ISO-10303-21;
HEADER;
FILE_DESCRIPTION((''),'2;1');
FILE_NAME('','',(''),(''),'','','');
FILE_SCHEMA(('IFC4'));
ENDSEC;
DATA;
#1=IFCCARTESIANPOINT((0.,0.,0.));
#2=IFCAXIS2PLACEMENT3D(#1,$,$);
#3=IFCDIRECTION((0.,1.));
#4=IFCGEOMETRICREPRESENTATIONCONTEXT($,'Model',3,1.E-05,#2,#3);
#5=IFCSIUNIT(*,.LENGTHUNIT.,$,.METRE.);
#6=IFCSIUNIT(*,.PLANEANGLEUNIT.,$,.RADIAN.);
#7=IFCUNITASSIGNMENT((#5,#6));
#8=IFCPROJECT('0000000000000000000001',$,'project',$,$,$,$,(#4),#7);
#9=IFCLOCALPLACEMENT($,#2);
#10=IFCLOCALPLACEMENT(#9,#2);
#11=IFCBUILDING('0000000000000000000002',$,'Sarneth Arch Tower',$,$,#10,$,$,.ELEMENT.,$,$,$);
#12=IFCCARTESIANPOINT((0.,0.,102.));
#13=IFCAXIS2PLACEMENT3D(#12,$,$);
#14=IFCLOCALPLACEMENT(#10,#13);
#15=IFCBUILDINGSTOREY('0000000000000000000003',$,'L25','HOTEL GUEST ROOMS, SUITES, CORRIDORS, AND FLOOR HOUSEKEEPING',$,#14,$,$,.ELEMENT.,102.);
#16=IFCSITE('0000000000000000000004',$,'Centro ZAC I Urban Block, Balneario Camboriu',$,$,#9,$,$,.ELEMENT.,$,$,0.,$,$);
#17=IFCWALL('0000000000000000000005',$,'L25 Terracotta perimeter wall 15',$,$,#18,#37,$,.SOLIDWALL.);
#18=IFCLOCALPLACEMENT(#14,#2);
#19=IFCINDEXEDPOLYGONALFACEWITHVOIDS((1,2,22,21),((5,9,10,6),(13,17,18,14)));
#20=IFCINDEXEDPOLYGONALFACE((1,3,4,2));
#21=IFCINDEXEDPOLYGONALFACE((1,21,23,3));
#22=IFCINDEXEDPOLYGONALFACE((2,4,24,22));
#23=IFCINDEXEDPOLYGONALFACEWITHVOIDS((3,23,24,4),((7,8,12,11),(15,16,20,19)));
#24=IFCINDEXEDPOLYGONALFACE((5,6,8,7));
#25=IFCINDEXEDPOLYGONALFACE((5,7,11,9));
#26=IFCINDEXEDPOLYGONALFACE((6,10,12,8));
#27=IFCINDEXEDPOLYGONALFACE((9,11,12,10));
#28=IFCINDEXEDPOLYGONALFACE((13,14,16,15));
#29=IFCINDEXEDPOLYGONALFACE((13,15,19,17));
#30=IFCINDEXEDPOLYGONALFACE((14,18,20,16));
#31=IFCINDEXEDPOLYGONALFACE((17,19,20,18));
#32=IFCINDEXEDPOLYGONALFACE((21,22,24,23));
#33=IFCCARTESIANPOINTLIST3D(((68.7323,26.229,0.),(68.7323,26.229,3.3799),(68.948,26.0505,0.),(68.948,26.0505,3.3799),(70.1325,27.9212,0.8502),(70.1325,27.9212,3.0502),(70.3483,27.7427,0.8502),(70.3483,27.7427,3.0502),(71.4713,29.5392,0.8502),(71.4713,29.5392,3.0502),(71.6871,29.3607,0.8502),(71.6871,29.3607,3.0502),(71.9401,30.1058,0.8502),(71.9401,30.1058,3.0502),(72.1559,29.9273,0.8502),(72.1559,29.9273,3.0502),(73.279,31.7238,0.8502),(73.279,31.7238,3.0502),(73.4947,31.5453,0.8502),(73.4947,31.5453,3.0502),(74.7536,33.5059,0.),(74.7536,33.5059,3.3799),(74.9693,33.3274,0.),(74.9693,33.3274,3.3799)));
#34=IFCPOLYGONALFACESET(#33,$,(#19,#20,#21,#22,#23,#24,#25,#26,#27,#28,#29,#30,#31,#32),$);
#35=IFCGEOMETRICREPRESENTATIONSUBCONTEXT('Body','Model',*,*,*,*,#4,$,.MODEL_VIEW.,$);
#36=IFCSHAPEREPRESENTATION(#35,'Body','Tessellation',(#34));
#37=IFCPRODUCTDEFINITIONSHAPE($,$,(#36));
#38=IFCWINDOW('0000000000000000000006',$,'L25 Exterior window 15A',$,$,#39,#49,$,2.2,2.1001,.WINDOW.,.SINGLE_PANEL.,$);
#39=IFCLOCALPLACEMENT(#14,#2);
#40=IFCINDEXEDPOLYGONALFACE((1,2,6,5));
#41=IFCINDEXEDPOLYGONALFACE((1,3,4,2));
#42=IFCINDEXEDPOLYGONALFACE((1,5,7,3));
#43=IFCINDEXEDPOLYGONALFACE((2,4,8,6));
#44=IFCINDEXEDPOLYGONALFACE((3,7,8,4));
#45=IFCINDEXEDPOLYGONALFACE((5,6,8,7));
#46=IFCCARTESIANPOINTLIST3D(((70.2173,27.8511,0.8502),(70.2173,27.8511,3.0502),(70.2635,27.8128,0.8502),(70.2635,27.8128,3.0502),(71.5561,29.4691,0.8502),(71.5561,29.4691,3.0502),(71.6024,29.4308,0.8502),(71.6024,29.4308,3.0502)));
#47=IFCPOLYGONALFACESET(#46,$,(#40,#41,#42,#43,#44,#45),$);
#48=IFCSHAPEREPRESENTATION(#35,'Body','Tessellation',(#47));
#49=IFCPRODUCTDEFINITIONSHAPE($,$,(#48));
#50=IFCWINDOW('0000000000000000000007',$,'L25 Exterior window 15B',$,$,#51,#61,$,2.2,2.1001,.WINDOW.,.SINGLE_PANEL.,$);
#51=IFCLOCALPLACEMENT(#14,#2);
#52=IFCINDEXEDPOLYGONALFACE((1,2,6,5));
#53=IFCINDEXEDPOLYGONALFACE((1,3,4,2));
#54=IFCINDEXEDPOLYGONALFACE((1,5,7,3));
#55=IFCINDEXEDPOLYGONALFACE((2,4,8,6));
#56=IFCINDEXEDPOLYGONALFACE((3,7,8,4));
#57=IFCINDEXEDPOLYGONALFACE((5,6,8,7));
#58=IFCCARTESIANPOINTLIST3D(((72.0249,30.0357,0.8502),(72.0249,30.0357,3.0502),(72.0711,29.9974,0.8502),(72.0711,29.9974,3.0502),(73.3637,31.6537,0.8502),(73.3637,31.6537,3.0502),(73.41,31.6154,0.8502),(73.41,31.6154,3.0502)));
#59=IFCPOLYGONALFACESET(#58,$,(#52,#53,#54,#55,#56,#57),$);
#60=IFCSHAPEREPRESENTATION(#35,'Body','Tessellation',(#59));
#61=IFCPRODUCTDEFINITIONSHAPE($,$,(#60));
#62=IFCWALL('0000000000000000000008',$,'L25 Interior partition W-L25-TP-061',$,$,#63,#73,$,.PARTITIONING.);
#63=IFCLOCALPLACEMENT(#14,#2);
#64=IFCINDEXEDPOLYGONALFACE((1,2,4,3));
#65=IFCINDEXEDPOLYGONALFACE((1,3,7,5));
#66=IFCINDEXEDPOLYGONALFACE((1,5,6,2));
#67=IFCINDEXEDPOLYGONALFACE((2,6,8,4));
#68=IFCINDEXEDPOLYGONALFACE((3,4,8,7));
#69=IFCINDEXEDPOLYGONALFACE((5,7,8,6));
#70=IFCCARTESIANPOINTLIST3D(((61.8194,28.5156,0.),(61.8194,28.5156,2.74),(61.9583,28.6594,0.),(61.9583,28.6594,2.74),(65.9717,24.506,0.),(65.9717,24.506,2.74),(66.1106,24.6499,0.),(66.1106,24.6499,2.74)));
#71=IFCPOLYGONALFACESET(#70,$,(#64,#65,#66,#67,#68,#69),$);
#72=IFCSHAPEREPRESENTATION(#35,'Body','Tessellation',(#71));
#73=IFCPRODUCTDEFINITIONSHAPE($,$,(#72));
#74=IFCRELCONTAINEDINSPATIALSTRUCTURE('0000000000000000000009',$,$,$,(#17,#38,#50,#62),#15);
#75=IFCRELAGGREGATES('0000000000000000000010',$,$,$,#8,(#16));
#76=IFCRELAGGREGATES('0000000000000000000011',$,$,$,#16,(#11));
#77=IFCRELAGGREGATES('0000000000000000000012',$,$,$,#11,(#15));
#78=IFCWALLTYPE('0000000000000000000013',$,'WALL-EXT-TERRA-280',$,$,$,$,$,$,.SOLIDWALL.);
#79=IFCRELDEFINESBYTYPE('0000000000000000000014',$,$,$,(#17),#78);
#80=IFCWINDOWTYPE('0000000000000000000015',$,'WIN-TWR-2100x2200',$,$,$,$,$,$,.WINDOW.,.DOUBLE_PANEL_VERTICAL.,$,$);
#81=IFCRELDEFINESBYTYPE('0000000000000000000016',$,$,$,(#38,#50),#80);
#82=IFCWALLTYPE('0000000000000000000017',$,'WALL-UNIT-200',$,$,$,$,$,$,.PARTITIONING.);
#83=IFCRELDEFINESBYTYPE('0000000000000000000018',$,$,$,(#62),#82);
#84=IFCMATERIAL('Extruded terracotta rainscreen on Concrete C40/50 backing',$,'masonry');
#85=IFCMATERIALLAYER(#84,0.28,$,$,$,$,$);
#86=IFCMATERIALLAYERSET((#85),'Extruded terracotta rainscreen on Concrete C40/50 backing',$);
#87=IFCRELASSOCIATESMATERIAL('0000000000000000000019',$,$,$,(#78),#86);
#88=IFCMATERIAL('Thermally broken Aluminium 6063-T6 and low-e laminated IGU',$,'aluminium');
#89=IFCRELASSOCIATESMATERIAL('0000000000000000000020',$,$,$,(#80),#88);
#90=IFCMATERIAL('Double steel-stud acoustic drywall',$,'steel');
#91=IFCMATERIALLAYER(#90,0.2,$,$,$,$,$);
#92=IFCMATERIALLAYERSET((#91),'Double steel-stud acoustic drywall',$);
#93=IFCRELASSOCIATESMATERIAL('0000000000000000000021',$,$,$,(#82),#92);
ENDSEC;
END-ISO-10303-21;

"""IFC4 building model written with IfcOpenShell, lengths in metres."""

from ifc_helpers import new_model, si_unit, direction, frame, frame_2d, origin, place, context, subcontext, project, spatial, rectangle, extrude, material, layer, layer_set, type_object, element, fill, save


model = new_model("IFC4")

# Units and contexts
model_context = context("Model", 3, precision=1e-05, world=origin(), true_north=direction((0.0, 1.0)))
body_context = subcontext(model_context, "Body", "Model", "MODEL_VIEW")
ifc_project = project(units=[si_unit("LENGTHUNIT", "METRE"), si_unit("PLANEANGLEUNIT", "RADIAN")], contexts=[model_context])

# Site, building, storey
site_placement = place(None, origin())
site = spatial("IfcSite", under=ifc_project, at=site_placement, Name="Centro ZAC I Urban Block, Balneario Camboriu", CompositionType="ELEMENT", RefElevation=0.0)
building_placement = place(site_placement, origin())
building = spatial("IfcBuilding", under=site, at=building_placement, Name="Sarneth Arch Tower", CompositionType="ELEMENT")
storey_placement = place(building_placement, frame((0.0, 0.0, 102.0)))
storey = spatial("IfcBuildingStorey", under=building, at=storey_placement, Name="L25", Description="HOTEL GUEST ROOMS, SUITES, CORRIDORS, AND FLOOR HOUSEKEEPING", CompositionType="ELEMENT", Elevation=102.0)

# Wall, openings, windows
ifc_material_1 = material(Name="Extruded terracotta rainscreen on Concrete C40/50 backing", Category="masonry")
ifc_layer_1 = layer(ifc_material_1, 0.28)
ifc_layer_set_1 = layer_set([ifc_layer_1], Name="Extruded terracotta rainscreen on Concrete C40/50 backing")
wall_type_1 = type_object("IfcWallType", Name="WALL-EXT-TERRA-280", PredefinedType="SOLIDWALL", material=ifc_layer_set_1)
wall_1_placement = place(storey_placement, frame((68.8401, 26.1396, 0.0), z_axis=(0.0, 0.0, 1.0), x_axis=(0.637506, 0.770446, 0.0)))
wall_1 = element("IfcWall", 1, at=wall_1_placement, inside=storey, type_object=wall_type_1, Name="L25 Terracotta perimeter wall 15", PredefinedType="SOLIDWALL", context=body_context, shape_type="SweptSolid", body=[
    extrude(rectangle(XDim=9.4451, YDim=0.28, at=frame_2d((4.7227, 0.0))), origin(), (0.0, 0.0, 1.0), 3.3799),
])
opening_1_placement = place(wall_1_placement, frame((2.1965, 0.0, 0.8501)))
opening_1 = element("IfcOpeningElement", 2, at=opening_1_placement, cuts=wall_1, PredefinedType="OPENING", context=body_context, shape_type="SweptSolid", body=[
    extrude(rectangle(XDim=2.1001, YDim=2.2, at=frame_2d((1.05, 1.1001))), frame((0.0, 0.1499, 0.0), z_axis=(0.0, -1.0, 0.0), x_axis=(1.0, 0.0, 0.0)), (0.0, 0.0, 1.0), 0.3),
])
opening_2_placement = place(wall_1_placement, frame((5.032, 0.0, 0.8501)))
opening_2 = element("IfcOpeningElement", 3, at=opening_2_placement, cuts=wall_1, PredefinedType="OPENING", context=body_context, shape_type="SweptSolid", body=[
    extrude(rectangle(XDim=2.1001, YDim=2.2, at=frame_2d((1.05, 1.1001))), frame((0.0, 0.1499, 0.0), z_axis=(0.0, -1.0, 0.0), x_axis=(1.0, 0.0, 0.0)), (0.0, 0.0, 1.0), 0.3),
])
ifc_material_2 = material(Name="Thermally broken Aluminium 6063-T6 and low-e laminated IGU", Category="aluminium")
window_type = type_object("IfcWindowType", Name="WIN-TWR-2100x2200", PartitioningType="DOUBLE_PANEL_VERTICAL", PredefinedType="WINDOW", material=ifc_material_2)
window_1_placement = place(opening_1_placement, origin())
window_1 = element("IfcWindow", 4, at=window_1_placement, inside=storey, type_object=window_type, Name="L25 Exterior window 15A", OverallHeight=2.2, OverallWidth=2.1001, PartitioningType="SINGLE_PANEL", PredefinedType="WINDOW", context=body_context, shape_type="SweptSolid", body=[
    extrude(rectangle(XDim=2.1001, YDim=2.2, at=frame_2d((1.05, 1.1001))), frame((0.0, 0.03, 0.0), z_axis=(0.0, -1.0, 0.0), x_axis=(1.0, 0.0, 0.0)), (0.0, 0.0, 1.0), 0.0601),
])
fill(opening_1, window_1)
window_2_placement = place(opening_2_placement, origin())
window_2 = element("IfcWindow", 5, at=window_2_placement, inside=storey, type_object=window_type, Name="L25 Exterior window 15B", OverallHeight=2.2, OverallWidth=2.1001, PartitioningType="SINGLE_PANEL", PredefinedType="WINDOW", context=body_context, shape_type="SweptSolid", body=[
    extrude(rectangle(XDim=2.1001, YDim=2.2, at=frame_2d((1.05, 1.1001))), frame((0.0, 0.03, 0.0), z_axis=(0.0, -1.0, 0.0), x_axis=(1.0, 0.0, 0.0)), (0.0, 0.0, 1.0), 0.0601),
])
fill(opening_2, window_2)

# Wall
ifc_material_3 = material(Name="Double steel-stud acoustic drywall", Category="steel")
ifc_layer_2 = layer(ifc_material_3, 0.2)
ifc_layer_set_2 = layer_set([ifc_layer_2], Name="Double steel-stud acoustic drywall")
wall_type_2 = type_object("IfcWallType", Name="WALL-UNIT-200", PredefinedType="PARTITIONING", material=ifc_layer_set_2)
wall_2_placement = place(storey_placement, frame((66.0413, 24.5779, 0.0), z_axis=(0.0, 0.0, 1.0), x_axis=(-0.71937, 0.694627, 0.0)))
element("IfcWall", 6, at=wall_2_placement, inside=storey, type_object=wall_type_2, Name="L25 Interior partition W-L25-TP-061", PredefinedType="PARTITIONING", context=body_context, shape_type="SweptSolid", body=[
    extrude(rectangle(XDim=5.7722, YDim=0.2, at=frame_2d((2.8862, 0.0))), origin(), (0.0, 0.0, 1.0), 2.74),
])

save(model, "model.ifc")
